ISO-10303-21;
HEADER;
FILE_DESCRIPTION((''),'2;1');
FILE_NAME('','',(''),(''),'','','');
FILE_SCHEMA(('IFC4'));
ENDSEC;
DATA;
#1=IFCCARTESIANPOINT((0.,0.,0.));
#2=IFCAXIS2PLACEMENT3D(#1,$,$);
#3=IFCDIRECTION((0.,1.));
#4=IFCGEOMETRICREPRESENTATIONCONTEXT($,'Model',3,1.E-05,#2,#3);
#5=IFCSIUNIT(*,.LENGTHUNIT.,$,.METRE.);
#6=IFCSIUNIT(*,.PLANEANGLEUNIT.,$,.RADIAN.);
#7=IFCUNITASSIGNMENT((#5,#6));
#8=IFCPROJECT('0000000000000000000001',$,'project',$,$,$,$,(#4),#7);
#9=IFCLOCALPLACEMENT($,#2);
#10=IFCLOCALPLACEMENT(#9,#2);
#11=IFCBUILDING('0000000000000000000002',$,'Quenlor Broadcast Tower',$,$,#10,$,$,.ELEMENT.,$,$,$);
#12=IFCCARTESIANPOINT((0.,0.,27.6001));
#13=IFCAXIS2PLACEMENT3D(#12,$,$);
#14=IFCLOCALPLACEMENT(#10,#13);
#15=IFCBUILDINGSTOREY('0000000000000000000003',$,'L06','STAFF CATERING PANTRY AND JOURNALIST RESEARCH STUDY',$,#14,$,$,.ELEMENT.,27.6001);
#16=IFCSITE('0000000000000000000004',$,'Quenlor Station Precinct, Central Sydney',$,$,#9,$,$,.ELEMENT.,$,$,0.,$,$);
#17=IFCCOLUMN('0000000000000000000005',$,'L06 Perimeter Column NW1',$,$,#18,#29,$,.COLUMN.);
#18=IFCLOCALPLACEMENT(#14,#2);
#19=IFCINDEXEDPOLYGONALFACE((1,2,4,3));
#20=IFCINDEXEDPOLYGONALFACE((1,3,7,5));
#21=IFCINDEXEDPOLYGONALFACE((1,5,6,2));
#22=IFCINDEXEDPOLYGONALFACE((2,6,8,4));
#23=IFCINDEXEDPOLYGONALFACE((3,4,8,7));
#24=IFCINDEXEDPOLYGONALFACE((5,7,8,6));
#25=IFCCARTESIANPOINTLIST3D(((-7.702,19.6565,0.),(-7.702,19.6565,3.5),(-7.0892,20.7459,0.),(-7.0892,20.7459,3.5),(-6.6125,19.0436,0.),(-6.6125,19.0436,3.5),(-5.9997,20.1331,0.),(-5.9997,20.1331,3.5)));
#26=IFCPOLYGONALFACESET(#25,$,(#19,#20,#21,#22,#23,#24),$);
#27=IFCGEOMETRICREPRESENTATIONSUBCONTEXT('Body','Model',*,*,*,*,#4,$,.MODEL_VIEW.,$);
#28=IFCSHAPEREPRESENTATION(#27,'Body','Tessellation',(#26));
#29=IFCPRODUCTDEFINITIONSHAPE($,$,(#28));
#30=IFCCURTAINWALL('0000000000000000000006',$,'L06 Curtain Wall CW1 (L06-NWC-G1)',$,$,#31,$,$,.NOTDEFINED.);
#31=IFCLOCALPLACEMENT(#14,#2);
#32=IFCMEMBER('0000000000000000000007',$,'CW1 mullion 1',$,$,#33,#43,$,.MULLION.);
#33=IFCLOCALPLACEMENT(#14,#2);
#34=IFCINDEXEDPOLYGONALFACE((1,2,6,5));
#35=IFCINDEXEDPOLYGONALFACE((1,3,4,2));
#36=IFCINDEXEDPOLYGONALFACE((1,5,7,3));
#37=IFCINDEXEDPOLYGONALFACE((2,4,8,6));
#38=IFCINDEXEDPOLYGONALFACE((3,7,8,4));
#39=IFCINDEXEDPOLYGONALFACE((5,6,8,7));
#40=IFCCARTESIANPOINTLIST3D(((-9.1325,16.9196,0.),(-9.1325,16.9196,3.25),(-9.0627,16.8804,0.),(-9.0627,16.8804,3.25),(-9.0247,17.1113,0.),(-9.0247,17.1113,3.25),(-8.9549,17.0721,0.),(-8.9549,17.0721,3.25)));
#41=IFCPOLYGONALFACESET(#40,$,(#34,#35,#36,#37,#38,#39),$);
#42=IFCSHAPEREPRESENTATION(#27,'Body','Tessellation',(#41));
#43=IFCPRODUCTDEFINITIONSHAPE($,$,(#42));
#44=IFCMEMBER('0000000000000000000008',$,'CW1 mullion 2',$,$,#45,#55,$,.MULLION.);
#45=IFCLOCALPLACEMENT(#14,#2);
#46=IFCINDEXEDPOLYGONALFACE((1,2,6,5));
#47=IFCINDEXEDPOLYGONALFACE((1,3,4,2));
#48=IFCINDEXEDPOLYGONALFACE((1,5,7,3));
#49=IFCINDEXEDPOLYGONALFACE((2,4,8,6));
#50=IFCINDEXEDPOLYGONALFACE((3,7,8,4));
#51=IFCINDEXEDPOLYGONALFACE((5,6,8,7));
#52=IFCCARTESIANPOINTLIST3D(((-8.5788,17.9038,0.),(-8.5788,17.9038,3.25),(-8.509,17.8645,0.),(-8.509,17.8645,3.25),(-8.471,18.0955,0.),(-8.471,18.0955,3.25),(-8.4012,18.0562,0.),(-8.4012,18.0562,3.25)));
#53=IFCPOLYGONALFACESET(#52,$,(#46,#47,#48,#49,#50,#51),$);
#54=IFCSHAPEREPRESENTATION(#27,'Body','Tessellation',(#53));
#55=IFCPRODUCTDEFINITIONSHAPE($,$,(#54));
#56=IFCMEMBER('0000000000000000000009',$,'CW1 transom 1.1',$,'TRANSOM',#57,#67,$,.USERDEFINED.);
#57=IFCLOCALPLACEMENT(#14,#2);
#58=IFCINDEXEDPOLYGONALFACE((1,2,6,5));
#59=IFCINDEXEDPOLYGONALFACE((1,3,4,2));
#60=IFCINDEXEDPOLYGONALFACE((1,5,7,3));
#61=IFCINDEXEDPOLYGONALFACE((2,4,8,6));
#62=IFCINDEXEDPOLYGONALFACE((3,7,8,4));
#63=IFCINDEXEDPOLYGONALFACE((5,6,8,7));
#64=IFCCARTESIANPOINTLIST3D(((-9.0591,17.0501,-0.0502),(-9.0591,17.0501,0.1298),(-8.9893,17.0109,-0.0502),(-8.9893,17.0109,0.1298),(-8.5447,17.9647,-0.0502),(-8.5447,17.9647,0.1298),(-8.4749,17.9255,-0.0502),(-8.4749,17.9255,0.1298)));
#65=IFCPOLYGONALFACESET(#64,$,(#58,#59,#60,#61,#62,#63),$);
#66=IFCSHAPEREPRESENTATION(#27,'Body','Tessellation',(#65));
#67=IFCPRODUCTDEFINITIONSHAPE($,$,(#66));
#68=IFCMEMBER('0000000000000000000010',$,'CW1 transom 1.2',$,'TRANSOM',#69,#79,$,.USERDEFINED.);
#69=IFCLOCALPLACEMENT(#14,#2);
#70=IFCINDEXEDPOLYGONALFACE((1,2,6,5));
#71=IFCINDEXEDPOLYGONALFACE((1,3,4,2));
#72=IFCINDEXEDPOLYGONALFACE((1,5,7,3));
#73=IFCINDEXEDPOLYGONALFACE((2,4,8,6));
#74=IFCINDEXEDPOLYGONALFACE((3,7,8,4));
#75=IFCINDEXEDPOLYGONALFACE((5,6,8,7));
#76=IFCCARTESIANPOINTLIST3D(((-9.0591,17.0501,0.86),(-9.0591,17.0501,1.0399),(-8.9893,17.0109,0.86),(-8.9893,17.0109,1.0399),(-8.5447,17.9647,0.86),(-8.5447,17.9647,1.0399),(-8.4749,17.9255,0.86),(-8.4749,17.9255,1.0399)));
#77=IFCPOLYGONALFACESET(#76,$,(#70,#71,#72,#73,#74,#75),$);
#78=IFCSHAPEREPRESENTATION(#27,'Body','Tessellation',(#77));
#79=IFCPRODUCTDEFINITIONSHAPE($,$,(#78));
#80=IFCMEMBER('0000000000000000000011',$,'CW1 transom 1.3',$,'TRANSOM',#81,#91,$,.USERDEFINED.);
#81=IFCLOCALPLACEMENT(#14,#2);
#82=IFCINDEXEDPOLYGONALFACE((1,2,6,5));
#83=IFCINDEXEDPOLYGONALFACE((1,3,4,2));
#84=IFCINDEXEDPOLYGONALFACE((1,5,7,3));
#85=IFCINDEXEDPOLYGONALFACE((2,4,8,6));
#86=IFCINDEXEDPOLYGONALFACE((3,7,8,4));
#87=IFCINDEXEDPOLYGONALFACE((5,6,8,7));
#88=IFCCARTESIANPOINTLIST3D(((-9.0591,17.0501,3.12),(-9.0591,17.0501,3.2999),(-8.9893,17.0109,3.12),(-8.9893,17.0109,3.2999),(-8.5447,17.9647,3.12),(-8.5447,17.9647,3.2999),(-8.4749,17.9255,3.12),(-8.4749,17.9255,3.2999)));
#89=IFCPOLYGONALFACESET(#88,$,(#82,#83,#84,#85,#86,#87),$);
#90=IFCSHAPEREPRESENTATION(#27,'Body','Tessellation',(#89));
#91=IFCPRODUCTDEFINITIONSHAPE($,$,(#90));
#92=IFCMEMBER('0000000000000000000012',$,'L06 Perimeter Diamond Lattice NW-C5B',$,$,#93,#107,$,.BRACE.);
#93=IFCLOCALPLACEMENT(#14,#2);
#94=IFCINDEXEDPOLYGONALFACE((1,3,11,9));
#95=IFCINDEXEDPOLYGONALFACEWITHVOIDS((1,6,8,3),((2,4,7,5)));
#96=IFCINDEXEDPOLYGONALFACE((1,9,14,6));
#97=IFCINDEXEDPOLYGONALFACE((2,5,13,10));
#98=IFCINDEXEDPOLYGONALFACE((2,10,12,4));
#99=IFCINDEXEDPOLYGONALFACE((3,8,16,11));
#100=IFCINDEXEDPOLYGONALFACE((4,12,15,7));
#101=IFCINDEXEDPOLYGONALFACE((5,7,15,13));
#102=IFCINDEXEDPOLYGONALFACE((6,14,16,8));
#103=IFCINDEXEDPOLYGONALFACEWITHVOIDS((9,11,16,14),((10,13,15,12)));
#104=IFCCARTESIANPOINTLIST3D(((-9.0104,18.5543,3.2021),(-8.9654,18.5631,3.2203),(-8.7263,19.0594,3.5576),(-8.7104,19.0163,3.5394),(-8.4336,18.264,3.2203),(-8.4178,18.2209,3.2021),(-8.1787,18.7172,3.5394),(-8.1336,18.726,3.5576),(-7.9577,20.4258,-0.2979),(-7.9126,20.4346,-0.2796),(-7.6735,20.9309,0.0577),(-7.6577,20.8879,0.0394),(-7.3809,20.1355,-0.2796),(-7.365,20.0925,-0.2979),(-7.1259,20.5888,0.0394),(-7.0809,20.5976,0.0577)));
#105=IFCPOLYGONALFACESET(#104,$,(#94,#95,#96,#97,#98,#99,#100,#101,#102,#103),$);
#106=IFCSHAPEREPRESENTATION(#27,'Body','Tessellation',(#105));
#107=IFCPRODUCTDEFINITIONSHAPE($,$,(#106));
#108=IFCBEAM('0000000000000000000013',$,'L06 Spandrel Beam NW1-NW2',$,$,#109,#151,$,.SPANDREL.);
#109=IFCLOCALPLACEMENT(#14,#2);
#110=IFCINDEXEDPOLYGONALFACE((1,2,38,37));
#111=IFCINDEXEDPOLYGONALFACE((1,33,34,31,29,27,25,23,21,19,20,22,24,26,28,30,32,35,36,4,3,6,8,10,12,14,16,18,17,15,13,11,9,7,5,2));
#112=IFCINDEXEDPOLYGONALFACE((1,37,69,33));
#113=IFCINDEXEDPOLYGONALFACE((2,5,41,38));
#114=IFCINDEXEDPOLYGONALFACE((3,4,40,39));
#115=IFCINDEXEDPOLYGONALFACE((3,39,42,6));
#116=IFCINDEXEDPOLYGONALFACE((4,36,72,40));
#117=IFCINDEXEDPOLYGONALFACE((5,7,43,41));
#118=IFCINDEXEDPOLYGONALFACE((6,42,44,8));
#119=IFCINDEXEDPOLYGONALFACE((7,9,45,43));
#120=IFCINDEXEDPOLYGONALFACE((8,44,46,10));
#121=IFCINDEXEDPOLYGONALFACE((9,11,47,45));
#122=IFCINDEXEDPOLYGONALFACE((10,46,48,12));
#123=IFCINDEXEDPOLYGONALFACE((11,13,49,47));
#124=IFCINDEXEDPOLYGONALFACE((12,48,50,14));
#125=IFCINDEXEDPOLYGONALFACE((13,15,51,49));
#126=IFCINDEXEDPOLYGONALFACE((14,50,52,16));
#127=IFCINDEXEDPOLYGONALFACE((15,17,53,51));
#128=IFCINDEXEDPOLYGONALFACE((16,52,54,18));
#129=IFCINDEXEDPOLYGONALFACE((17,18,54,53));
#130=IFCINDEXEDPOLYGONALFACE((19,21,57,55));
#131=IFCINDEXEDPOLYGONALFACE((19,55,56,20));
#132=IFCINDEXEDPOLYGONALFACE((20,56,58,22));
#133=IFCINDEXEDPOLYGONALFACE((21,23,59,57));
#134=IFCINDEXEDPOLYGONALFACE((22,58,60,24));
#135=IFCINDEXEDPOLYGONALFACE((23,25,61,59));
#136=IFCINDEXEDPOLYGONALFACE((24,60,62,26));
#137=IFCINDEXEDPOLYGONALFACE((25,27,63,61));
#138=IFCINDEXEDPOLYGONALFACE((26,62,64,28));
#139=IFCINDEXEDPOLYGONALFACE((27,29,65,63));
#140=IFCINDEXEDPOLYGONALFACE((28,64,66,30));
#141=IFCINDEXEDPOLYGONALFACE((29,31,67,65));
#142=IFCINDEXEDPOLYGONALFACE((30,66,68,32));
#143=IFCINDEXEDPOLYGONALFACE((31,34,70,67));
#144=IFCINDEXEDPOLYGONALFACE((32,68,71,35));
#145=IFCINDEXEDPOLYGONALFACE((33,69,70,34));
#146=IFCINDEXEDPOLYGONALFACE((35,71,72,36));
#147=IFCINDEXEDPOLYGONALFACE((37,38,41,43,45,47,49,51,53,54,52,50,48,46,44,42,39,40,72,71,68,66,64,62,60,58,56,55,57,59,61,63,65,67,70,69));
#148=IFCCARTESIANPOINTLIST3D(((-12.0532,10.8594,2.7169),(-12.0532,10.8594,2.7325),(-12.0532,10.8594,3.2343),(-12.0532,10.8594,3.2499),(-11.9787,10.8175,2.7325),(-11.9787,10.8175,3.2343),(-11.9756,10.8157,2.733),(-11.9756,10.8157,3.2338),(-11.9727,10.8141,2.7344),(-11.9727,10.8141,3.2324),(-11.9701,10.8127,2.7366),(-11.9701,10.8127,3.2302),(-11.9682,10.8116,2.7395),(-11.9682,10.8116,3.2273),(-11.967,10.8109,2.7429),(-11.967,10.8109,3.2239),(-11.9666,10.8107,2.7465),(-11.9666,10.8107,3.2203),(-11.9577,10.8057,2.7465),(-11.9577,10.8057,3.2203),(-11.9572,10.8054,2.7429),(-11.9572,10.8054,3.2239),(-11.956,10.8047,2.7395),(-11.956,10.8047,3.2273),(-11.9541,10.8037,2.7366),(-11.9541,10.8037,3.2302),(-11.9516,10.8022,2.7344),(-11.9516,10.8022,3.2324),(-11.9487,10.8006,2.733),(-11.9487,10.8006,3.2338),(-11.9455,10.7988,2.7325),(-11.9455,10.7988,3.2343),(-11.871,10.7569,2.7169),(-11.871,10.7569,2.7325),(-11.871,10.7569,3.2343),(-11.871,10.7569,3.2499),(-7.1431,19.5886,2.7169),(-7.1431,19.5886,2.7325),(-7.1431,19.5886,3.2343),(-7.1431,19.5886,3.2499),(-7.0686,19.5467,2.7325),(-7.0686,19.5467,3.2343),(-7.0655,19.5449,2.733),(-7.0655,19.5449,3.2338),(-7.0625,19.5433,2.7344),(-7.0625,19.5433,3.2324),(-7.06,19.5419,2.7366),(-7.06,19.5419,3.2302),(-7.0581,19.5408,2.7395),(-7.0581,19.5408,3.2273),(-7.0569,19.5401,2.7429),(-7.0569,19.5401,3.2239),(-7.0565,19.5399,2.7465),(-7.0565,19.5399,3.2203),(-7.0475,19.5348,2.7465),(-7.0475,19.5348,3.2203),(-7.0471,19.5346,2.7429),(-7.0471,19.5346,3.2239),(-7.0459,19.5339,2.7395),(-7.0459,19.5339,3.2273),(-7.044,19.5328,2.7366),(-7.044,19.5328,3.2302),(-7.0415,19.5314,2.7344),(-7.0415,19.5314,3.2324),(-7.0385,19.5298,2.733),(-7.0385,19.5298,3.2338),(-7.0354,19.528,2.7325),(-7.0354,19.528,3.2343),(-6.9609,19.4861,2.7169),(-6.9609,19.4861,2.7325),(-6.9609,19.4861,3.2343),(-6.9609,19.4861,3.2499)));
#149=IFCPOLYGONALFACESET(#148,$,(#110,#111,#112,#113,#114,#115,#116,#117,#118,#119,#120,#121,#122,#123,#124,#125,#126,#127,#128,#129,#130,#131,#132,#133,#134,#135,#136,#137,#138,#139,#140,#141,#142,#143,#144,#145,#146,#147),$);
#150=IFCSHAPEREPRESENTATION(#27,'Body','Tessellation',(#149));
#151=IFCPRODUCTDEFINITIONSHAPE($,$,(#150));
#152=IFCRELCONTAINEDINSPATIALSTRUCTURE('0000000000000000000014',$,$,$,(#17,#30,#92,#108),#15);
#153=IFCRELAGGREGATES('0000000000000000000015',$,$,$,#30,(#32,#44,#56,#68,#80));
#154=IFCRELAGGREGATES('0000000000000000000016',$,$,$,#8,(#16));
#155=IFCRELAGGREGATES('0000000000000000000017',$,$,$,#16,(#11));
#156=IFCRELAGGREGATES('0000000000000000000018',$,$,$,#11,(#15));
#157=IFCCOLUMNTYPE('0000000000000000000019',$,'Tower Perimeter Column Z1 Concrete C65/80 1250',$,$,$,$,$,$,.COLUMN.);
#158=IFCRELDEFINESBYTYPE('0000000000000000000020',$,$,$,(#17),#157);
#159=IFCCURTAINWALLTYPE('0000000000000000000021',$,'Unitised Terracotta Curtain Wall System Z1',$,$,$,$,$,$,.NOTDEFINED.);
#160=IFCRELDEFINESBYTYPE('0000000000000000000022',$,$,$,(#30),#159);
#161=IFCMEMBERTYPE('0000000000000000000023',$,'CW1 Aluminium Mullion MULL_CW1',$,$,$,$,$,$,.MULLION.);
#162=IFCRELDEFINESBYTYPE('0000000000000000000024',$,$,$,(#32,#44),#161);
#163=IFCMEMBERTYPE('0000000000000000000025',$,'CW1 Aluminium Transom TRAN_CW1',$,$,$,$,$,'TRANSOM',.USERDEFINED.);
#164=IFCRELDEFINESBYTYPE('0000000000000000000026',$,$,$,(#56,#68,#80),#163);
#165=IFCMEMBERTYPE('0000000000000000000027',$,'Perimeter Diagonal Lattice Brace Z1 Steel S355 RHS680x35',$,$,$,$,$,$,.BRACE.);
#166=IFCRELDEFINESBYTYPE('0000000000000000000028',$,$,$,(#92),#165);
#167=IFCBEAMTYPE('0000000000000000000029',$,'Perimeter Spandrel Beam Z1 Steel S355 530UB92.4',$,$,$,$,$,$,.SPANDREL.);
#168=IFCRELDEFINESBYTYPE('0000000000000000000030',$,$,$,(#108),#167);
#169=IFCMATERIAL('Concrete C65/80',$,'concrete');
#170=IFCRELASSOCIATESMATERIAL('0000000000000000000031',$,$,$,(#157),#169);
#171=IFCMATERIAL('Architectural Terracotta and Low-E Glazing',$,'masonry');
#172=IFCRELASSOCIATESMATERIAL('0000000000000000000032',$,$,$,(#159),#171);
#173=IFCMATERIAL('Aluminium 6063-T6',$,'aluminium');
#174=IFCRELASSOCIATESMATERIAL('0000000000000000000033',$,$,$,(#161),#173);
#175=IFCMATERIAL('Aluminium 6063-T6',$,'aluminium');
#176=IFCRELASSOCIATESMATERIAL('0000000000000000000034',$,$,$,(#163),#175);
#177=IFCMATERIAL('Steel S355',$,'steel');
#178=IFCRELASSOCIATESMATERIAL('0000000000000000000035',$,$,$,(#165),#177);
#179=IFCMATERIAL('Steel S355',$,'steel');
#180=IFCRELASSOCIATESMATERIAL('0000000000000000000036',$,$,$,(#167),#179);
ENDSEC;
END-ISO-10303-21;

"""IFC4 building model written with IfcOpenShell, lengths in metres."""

from ifc_helpers import new_model, si_unit, direction, frame, origin, origin_2d, place, context, subcontext, project, spatial, rectangle, hollow_rectangle, i_section, extrude, material, material_profile, profile_set, type_object, element, aggregate, save


model = new_model("IFC4")

# Units and contexts
model_context = context("Model", 3, precision=1e-05, world=origin(), true_north=direction((0.0, 1.0)))
body_context = subcontext(model_context, "Body", "Model", "MODEL_VIEW")
ifc_project = project(units=[si_unit("LENGTHUNIT", "METRE"), si_unit("PLANEANGLEUNIT", "RADIAN")], contexts=[model_context])

# Site, building, storey
site_placement = place(None, origin())
site = spatial("IfcSite", under=ifc_project, at=site_placement, Name="Quenlor Station Precinct, Central Sydney", CompositionType="ELEMENT", RefElevation=0.0)
building_placement = place(site_placement, origin())
building = spatial("IfcBuilding", under=site, at=building_placement, Name="Quenlor Broadcast Tower", CompositionType="ELEMENT")
storey_placement = place(building_placement, frame((0.0, 0.0, 27.6001)))
storey = spatial("IfcBuildingStorey", under=building, at=storey_placement, Name="L06", Description="STAFF CATERING PANTRY AND JOURNALIST RESEARCH STUDY", CompositionType="ELEMENT", Elevation=27.6001)

# Column
ifc_material_1 = material(Name="Concrete C65/80", Category="concrete")
ifc_material_profile_1 = material_profile(ifc_material_1, rectangle(XDim=1.25, YDim=1.25, at=origin_2d()))
ifc_profile_set_1 = profile_set([ifc_material_profile_1], Name="Concrete C65/80 RC1250x1250")
column_type = type_object("IfcColumnType", Name="Tower Perimeter Column Z1 Concrete C65/80 1250", PredefinedType="COLUMN", material=ifc_profile_set_1)
column_placement = place(storey_placement, frame((-6.8508, 19.8948, 0.0), z_axis=(0.0, 0.0, 1.0), x_axis=(-0.871575, 0.490262, 0.0)))
element("IfcColumn", 1, at=column_placement, inside=storey, type_object=column_type, Name="L06 Perimeter Column NW1", PredefinedType="COLUMN", context=body_context, shape_type="SweptSolid", body=[
    extrude(rectangle(XDim=1.25, YDim=1.25, at=origin_2d()), origin(), (0.0, 0.0, 1.0), 3.5),
])

# Curtain wall, members
ifc_material_2 = material(Name="Architectural Terracotta and Low-E Glazing", Category="masonry")
curtain_wall_type = type_object("IfcCurtainWallType", Name="Unitised Terracotta Curtain Wall System Z1", PredefinedType="NOTDEFINED", material=ifc_material_2)
curtain_wall_placement = place(storey_placement, origin())
curtain_wall = element("IfcCurtainWall", 2, at=curtain_wall_placement, inside=storey, type_object=curtain_wall_type, Name="L06 Curtain Wall CW1 (L06-NWC-G1)", PredefinedType="NOTDEFINED")
ifc_material_3 = material(Name="Aluminium 6063-T6", Category="aluminium")
ifc_material_profile_2 = material_profile(ifc_material_3, rectangle(XDim=0.0801, YDim=0.22, at=origin_2d()))
ifc_profile_set_2 = profile_set([ifc_material_profile_2], Name="Aluminium 6063-T6 MULL80x220")
member_type_1 = type_object("IfcMemberType", Name="CW1 Aluminium Mullion MULL_CW1", PredefinedType="MULLION", material=ifc_profile_set_2)
member_1_placement = place(storey_placement, frame((-9.0437, 16.9958, 0.0), z_axis=(0.0, 0.0, 1.0), x_axis=(-0.871567, 0.490277, 0.0)))
member_1 = element("IfcMember", 3, at=member_1_placement, type_object=member_type_1, Name="CW1 mullion 1", PredefinedType="MULLION", context=body_context, shape_type="SweptSolid", body=[
    extrude(rectangle(XDim=0.0801, YDim=0.22, at=origin_2d()), origin(), (0.0, 0.0, 1.0), 3.25),
])
member_2_placement = place(storey_placement, frame((-8.49, 17.98, 0.0), z_axis=(0.0, 0.0, 1.0), x_axis=(-0.871567, 0.490277, 0.0)))
member_2 = element("IfcMember", 4, at=member_2_placement, type_object=member_type_1, Name="CW1 mullion 2", PredefinedType="MULLION", context=body_context, shape_type="SweptSolid", body=[
    extrude(rectangle(XDim=0.0801, YDim=0.22, at=origin_2d()), origin(), (0.0, 0.0, 1.0), 3.25),
])
ifc_material_4 = material(Name="Aluminium 6063-T6", Category="aluminium")
ifc_material_profile_3 = material_profile(ifc_material_4, rectangle(XDim=0.0801, YDim=0.1799, at=origin_2d()))
ifc_profile_set_3 = profile_set([ifc_material_profile_3], Name="Aluminium 6063-T6 TRAN80x180")
member_type_2 = type_object("IfcMemberType", Name="CW1 Aluminium Transom TRAN_CW1", ElementType="TRANSOM", PredefinedType="USERDEFINED", material=ifc_profile_set_3)
member_3_placement = place(storey_placement, frame((-9.0242, 17.0305, 0.0398), z_axis=(0.490239, 0.871588, 0.0), x_axis=(-0.871588, 0.490239, 0.0)))
member_3 = element("IfcMember", 5, at=member_3_placement, type_object=member_type_2, Name="CW1 transom 1.1", ObjectType="TRANSOM", PredefinedType="USERDEFINED", context=body_context, shape_type="SweptSolid", body=[
    extrude(rectangle(XDim=0.0801, YDim=0.1799, at=origin_2d()), origin(), (0.0, 0.0, 1.0), 1.0493),
])
member_4_placement = place(storey_placement, frame((-9.0242, 17.0305, 0.95), z_axis=(0.490239, 0.871588, 0.0), x_axis=(-0.871588, 0.490239, 0.0)))
member_4 = element("IfcMember", 6, at=member_4_placement, type_object=member_type_2, Name="CW1 transom 1.2", ObjectType="TRANSOM", PredefinedType="USERDEFINED", context=body_context, shape_type="SweptSolid", body=[
    extrude(rectangle(XDim=0.0801, YDim=0.1799, at=origin_2d()), origin(), (0.0, 0.0, 1.0), 1.0493),
])
member_5_placement = place(storey_placement, frame((-9.0242, 17.0305, 3.21), z_axis=(0.490239, 0.871588, 0.0), x_axis=(-0.871588, 0.490239, 0.0)))
member_5 = element("IfcMember", 7, at=member_5_placement, type_object=member_type_2, Name="CW1 transom 1.3", ObjectType="TRANSOM", PredefinedType="USERDEFINED", context=body_context, shape_type="SweptSolid", body=[
    extrude(rectangle(XDim=0.0801, YDim=0.1799, at=origin_2d()), origin(), (0.0, 0.0, 1.0), 1.0493),
])

# Member
ifc_material_5 = material(Name="Steel S355", Category="steel")
ifc_material_profile_4 = material_profile(ifc_material_5, hollow_rectangle(XDim=0.6799, YDim=0.6799, WallThickness=0.0349, at=origin_2d()))
ifc_profile_set_4 = profile_set([ifc_material_profile_4], Name="Steel S355 RHS680x680x35")
member_type_3 = type_object("IfcMemberType", Name="Perimeter Diagonal Lattice Brace Z1 Steel S355 RHS680x35", PredefinedType="BRACE", material=ifc_profile_set_4)
member_6_placement = place(storey_placement, frame((-7.5193, 20.5117, -0.1201), z_axis=(-0.256375, -0.455792, 0.852365), x_axis=(0.871582, -0.49025, 0.0)))
element("IfcMember", 8, at=member_6_placement, inside=storey, type_object=member_type_3, Name="L06 Perimeter Diamond Lattice NW-C5B", PredefinedType="BRACE", context=body_context, shape_type="SweptSolid", body=[
    extrude(hollow_rectangle(XDim=0.6799, YDim=0.6799, WallThickness=0.0349, at=origin_2d()), origin(), (0.0, 0.0, 1.0), 4.1062),
])

# Beam
ifc_material_6 = material(Name="Steel S355", Category="steel")
ifc_material_profile_5 = material_profile(ifc_material_6, i_section(OverallWidth=0.209, OverallDepth=0.533, WebThickness=0.0103, FlangeThickness=0.0156, FilletRadius=0.0139, at=origin_2d()))
ifc_profile_set_5 = profile_set([ifc_material_profile_5], Name="Steel S355 530UB92.4")
beam_type_1 = type_object("IfcBeamType", Name="Perimeter Spandrel Beam Z1 Steel S355 530UB92.4", PredefinedType="SPANDREL", material=ifc_profile_set_5)
beam_1_placement = place(storey_placement, frame((-7.052, 19.5374, 2.9834), z_axis=(-0.490258, -0.871577, 0.0), x_axis=(0.871577, -0.490258, 0.0)))
element("IfcBeam", 9, at=beam_1_placement, inside=storey, type_object=beam_type_1, Name="L06 Spandrel Beam NW1-NW2", PredefinedType="SPANDREL", context=body_context, shape_type="SweptSolid", body=[
    extrude(i_section(OverallWidth=0.209, OverallDepth=0.533, WebThickness=0.0103, FlangeThickness=0.0156, FilletRadius=0.0139, at=origin_2d()), origin(), (0.0, 0.0, 1.0), 10.0154),
])

aggregate(curtain_wall, [member_1, member_2, member_3, member_4, member_5])

save(model, "model.ifc")
